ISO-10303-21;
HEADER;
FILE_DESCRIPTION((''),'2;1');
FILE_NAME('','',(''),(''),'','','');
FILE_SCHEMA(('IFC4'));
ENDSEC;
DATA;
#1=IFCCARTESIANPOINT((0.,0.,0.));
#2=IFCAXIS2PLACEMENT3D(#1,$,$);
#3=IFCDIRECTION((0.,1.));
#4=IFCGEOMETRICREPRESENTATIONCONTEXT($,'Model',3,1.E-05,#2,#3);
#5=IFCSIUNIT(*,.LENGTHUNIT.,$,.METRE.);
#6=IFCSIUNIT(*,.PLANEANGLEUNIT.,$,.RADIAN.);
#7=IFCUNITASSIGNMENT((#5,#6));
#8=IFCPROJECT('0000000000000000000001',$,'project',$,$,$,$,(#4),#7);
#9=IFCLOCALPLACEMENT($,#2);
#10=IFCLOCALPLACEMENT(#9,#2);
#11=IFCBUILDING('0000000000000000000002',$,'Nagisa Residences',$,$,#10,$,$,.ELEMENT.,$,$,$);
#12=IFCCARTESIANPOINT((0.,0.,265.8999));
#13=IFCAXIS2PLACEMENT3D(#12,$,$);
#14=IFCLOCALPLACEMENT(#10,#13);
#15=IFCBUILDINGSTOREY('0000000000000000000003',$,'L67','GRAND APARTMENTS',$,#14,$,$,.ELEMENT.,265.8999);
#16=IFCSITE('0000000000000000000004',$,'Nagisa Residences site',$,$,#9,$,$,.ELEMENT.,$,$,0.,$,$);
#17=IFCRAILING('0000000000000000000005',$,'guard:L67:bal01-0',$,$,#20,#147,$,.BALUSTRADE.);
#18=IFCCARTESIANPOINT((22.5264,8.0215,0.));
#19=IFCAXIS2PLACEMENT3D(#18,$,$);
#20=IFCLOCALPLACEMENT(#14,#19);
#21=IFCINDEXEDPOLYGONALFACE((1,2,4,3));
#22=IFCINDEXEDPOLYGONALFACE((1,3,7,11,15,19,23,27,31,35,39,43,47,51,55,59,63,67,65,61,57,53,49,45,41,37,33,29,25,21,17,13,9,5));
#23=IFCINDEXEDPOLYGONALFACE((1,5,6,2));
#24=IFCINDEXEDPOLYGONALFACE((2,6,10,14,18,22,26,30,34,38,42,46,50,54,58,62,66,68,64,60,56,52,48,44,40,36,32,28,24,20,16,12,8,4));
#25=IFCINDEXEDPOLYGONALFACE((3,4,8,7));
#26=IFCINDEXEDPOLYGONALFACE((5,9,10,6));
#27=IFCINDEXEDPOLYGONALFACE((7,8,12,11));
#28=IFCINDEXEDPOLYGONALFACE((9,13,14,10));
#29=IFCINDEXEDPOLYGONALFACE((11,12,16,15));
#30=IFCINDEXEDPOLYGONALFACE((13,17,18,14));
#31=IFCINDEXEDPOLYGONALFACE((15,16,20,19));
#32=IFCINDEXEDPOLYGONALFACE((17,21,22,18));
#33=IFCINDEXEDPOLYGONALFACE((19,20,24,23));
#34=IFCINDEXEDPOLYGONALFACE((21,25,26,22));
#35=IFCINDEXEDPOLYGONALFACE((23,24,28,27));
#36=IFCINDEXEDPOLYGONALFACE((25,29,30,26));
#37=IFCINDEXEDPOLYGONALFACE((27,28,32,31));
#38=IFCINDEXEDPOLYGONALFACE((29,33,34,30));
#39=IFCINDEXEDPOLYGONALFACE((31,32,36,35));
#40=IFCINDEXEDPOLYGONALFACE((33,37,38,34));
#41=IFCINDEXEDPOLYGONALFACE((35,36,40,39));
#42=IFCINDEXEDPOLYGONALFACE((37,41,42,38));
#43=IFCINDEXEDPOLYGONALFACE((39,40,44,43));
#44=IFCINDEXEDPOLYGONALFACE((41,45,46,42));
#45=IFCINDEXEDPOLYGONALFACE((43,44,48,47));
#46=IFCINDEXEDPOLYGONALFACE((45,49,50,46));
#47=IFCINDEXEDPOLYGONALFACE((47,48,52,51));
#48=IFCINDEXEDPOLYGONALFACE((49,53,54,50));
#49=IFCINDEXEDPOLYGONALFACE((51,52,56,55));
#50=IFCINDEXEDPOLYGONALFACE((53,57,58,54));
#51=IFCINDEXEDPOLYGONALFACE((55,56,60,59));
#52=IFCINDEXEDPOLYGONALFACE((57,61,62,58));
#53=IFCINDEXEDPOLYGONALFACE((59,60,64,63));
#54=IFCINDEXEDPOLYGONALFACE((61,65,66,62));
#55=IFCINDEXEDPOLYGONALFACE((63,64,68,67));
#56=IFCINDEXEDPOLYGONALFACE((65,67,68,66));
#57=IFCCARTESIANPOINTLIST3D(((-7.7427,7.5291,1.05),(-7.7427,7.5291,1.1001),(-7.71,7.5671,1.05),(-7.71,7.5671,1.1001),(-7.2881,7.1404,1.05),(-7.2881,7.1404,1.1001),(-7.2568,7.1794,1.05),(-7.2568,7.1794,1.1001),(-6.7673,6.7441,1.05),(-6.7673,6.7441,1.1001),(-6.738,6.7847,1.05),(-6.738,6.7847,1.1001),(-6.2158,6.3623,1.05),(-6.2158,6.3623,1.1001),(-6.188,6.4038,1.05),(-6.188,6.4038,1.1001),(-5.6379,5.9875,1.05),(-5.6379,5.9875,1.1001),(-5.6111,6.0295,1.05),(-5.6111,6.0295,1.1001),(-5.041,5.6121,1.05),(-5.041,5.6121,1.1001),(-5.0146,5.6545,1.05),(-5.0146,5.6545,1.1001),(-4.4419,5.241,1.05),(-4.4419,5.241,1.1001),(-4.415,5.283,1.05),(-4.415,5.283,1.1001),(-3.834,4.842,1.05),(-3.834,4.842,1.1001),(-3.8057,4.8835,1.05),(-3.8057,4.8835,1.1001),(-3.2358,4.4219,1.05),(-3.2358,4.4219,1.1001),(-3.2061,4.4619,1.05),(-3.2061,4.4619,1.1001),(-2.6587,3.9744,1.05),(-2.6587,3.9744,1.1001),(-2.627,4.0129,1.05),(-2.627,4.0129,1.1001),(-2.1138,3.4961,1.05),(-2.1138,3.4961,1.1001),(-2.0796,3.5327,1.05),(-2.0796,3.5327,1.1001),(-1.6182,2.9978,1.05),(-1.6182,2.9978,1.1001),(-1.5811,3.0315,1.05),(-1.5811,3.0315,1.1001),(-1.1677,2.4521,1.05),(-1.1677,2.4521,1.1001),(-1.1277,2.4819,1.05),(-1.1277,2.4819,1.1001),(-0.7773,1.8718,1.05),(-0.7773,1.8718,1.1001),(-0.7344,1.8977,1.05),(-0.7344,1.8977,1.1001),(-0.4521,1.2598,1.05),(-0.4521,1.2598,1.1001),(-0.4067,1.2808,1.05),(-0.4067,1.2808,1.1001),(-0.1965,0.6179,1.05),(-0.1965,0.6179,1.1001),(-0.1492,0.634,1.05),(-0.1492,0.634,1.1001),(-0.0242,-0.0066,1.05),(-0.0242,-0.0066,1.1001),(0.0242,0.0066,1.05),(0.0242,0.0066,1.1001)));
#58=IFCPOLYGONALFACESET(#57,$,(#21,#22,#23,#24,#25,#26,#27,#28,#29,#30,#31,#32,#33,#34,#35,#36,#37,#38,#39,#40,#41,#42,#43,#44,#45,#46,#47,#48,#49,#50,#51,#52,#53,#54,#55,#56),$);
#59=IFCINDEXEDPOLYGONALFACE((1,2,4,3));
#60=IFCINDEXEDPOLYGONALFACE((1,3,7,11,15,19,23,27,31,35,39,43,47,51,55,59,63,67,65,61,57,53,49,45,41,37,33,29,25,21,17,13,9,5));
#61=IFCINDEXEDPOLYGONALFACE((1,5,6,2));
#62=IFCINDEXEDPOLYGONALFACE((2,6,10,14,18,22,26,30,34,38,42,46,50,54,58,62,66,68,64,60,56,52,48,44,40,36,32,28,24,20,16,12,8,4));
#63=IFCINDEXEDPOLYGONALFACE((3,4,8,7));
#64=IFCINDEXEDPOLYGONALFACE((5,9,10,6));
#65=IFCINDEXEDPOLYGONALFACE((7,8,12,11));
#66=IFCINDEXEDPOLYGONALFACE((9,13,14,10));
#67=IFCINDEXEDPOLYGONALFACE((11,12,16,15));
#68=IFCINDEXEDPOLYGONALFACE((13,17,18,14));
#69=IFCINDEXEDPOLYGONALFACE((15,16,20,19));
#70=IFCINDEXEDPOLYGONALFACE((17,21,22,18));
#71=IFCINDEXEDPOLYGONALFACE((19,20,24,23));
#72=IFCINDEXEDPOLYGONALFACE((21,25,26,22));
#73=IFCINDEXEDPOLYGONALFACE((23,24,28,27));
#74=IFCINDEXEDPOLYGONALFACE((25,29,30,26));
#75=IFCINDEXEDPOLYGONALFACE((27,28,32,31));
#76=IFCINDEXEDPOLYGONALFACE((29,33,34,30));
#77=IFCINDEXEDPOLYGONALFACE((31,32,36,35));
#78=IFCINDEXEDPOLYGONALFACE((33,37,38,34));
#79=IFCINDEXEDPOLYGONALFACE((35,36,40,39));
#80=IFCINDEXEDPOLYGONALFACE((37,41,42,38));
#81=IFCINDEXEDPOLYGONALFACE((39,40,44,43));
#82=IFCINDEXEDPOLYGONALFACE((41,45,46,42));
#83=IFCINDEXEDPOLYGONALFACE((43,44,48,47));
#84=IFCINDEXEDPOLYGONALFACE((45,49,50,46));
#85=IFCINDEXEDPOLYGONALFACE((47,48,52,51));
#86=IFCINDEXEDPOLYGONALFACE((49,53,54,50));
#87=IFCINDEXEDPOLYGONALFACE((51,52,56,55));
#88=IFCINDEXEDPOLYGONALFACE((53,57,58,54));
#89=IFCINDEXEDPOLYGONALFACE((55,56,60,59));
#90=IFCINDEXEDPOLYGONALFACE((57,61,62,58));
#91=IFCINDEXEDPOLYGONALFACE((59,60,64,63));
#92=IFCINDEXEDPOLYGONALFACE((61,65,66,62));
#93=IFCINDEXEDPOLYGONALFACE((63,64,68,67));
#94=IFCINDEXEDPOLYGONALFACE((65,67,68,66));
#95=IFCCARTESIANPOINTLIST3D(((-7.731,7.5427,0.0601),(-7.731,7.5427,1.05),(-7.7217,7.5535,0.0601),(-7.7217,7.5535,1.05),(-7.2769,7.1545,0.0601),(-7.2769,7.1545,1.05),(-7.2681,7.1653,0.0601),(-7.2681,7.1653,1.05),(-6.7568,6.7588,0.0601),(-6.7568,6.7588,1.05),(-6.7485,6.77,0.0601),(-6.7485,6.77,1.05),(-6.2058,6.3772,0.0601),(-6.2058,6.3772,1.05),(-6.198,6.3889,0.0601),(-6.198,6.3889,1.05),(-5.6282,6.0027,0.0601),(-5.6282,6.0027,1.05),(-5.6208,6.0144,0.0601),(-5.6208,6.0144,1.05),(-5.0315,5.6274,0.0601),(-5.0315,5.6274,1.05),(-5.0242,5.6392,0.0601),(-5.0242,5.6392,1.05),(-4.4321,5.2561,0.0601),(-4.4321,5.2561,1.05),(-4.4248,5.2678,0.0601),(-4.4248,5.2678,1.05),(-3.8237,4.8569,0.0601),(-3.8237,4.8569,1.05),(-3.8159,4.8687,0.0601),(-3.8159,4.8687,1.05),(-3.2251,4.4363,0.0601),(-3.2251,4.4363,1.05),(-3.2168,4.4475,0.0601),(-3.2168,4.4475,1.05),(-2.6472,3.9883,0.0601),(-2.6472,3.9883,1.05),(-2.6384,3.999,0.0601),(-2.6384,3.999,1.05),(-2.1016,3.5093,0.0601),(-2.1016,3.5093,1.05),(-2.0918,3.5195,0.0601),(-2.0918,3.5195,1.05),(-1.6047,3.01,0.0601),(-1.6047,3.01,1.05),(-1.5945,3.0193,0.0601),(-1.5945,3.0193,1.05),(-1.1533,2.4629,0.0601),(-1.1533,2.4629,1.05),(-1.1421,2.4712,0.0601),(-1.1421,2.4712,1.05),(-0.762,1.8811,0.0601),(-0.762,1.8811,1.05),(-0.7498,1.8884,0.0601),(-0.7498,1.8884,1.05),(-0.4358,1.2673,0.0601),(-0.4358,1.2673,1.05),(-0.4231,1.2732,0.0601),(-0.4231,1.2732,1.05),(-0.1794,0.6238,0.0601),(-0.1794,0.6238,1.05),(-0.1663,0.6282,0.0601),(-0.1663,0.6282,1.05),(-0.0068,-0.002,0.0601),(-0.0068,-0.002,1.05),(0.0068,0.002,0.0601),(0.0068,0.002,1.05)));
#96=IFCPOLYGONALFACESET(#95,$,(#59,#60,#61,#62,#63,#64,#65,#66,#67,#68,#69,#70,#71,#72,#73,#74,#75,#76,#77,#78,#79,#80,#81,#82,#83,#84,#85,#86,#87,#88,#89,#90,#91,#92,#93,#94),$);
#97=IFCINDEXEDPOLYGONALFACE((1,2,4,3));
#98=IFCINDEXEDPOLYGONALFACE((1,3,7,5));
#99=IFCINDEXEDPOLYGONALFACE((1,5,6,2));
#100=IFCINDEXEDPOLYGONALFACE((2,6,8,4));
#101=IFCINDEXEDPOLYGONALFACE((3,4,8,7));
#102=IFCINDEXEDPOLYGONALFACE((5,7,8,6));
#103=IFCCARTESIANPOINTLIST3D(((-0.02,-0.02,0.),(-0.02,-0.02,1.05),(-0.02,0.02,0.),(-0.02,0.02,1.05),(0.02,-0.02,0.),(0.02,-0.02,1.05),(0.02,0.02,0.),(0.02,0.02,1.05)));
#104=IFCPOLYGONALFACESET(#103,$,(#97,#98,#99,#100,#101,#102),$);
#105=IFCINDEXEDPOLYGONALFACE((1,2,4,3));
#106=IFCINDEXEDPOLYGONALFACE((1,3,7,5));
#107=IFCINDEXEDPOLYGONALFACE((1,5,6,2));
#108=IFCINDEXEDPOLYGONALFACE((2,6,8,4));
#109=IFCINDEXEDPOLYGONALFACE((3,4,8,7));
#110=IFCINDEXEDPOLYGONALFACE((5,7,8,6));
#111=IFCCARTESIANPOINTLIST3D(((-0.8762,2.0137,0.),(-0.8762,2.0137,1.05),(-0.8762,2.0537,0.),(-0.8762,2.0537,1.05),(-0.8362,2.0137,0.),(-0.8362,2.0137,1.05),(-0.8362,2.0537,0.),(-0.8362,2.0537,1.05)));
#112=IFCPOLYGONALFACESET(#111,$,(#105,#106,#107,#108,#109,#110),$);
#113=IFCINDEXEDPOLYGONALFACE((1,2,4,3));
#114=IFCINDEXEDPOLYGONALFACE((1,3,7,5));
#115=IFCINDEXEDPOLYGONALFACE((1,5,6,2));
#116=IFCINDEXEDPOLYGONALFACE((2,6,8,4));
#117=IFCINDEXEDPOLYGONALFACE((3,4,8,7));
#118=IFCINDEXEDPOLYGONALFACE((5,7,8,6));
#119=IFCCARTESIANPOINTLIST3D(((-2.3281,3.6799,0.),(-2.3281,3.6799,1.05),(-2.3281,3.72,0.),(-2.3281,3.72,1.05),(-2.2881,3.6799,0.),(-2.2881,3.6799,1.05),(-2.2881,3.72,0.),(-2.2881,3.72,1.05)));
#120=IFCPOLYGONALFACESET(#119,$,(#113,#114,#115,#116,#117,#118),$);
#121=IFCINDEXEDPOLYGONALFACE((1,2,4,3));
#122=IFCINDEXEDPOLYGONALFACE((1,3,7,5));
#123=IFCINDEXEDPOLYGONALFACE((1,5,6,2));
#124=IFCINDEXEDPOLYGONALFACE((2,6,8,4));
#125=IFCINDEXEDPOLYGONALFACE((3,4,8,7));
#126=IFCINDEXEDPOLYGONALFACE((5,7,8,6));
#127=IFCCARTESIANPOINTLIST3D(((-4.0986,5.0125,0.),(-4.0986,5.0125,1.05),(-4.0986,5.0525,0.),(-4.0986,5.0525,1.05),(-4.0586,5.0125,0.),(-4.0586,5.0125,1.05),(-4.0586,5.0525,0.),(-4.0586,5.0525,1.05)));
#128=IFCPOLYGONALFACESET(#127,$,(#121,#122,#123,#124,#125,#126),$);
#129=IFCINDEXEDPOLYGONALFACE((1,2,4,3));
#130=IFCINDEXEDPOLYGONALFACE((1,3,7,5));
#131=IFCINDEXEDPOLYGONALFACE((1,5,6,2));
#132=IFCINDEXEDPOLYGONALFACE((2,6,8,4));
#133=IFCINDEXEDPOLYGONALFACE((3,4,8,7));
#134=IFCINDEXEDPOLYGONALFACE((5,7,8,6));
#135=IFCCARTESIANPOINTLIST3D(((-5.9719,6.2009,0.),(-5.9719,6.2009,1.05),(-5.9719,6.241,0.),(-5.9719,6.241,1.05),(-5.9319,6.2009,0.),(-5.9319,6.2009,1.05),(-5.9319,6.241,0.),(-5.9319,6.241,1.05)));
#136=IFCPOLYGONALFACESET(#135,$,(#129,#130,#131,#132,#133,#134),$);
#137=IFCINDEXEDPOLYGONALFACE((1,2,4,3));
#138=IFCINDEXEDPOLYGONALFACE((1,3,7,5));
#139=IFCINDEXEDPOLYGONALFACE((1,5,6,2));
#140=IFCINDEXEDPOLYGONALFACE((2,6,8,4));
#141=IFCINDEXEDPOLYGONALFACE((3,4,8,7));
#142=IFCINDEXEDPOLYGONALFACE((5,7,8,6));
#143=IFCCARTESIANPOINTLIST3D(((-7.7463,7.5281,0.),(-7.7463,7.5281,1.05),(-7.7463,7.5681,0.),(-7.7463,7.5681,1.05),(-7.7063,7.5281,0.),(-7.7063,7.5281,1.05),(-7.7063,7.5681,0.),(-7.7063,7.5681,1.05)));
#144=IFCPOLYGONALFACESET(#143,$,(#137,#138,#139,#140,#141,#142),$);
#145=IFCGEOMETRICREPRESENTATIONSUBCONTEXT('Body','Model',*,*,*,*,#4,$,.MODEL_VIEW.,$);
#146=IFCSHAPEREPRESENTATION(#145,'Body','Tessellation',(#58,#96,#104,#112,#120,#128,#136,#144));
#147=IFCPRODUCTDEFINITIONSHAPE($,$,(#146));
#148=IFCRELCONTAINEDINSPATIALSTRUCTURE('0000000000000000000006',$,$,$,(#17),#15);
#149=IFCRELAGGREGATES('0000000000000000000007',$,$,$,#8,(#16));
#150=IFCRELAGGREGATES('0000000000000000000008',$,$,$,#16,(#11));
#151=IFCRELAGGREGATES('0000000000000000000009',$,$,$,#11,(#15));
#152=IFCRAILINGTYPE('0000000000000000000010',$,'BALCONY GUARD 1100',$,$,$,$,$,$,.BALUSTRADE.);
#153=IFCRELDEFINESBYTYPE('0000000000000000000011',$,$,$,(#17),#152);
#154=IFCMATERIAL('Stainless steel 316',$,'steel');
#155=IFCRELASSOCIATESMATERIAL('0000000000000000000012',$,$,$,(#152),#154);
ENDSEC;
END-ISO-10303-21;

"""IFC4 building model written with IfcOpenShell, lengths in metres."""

from ifc_helpers import new_model, si_unit, direction, frame, origin, origin_2d, place, context, subcontext, project, spatial, polyline, rectangle, outline, extrude, material, type_object, element, save


model = new_model("IFC4")

# Units and contexts
model_context = context("Model", 3, precision=1e-05, world=origin(), true_north=direction((0.0, 1.0)))
body_context = subcontext(model_context, "Body", "Model", "MODEL_VIEW")
ifc_project = project(units=[si_unit("LENGTHUNIT", "METRE"), si_unit("PLANEANGLEUNIT", "RADIAN")], contexts=[model_context])

# Site, building, storey
site_placement = place(None, origin())
site = spatial("IfcSite", under=ifc_project, at=site_placement, Name="Nagisa Residences site", CompositionType="ELEMENT", RefElevation=0.0)
building_placement = place(site_placement, origin())
building = spatial("IfcBuilding", under=site, at=building_placement, Name="Nagisa Residences", CompositionType="ELEMENT")
storey_placement = place(building_placement, frame((0.0, 0.0, 265.8999)))
storey = spatial("IfcBuildingStorey", under=building, at=storey_placement, Name="L67", Description="GRAND APARTMENTS", CompositionType="ELEMENT", Elevation=265.8999)

# Railing
ifc_material_1 = material(Name="Stainless steel 316", Category="steel")
railing_type_1 = type_object("IfcRailingType", Name="BALCONY GUARD 1100", PredefinedType="BALUSTRADE", material=ifc_material_1)
railing_1_placement = place(storey_placement, frame((22.5264, 8.0215, 0.0)))
element("IfcRailing", 1, at=railing_1_placement, inside=storey, type_object=railing_type_1, Name="guard:L67:bal01-0", PredefinedType="BALUSTRADE", context=body_context, shape_type="SweptSolid", body=[
    extrude(outline(polyline([(-0.1965, 0.6179), (-0.0242, -0.0066), (0.0242, 0.0066), (-0.1492, 0.634), (-0.4067, 1.2808), (-0.7344, 1.8977), (-1.1277, 2.4819), (-1.5811, 3.0315), (-2.0796, 3.5327), (-2.627, 4.0129), (-3.2061, 4.4619), (-3.8057, 4.8835), (-4.415, 5.283), (-5.0146, 5.6545), (-5.6111, 6.0295), (-6.188, 6.4038), (-6.738, 6.7847), (-7.2568, 7.1794), (-7.71, 7.5671), (-7.7427, 7.5291), (-7.2881, 7.1404), (-6.7673, 6.7441), (-6.2158, 6.3623), (-5.6379, 5.9875), (-5.041, 5.6121), (-4.4419, 5.241), (-3.834, 4.842), (-3.2358, 4.4219), (-2.6587, 3.9744), (-2.1138, 3.4961), (-1.6182, 2.9978), (-1.1677, 2.4521), (-0.7773, 1.8718), (-0.4521, 1.2598), (-0.1965, 0.6179)])), frame((0.0, 0.0, 1.05)), (0.0, 0.0, 1.0), 0.05),
    extrude(outline(polyline([(-0.1794, 0.6238), (-0.0068, -0.002), (0.0068, 0.002), (-0.1663, 0.6282), (-0.4231, 1.2732), (-0.7498, 1.8884), (-1.1421, 2.4712), (-1.5945, 3.0193), (-2.0918, 3.5195), (-2.6384, 3.999), (-3.2168, 4.4475), (-3.8159, 4.8687), (-4.4248, 5.2678), (-5.0242, 5.6392), (-5.6208, 6.0144), (-6.198, 6.3889), (-6.7485, 6.77), (-7.2681, 7.1653), (-7.7217, 7.5535), (-7.731, 7.5427), (-7.2769, 7.1545), (-6.7568, 6.7588), (-6.2058, 6.3772), (-5.6282, 6.0027), (-5.0315, 5.6274), (-4.4321, 5.2561), (-3.8237, 4.8569), (-3.2251, 4.4363), (-2.6472, 3.9883), (-2.1016, 3.5093), (-1.6047, 3.01), (-1.1533, 2.4629), (-0.762, 1.8811), (-0.4358, 1.2673), (-0.1794, 0.6238)])), frame((0.0, 0.0, 0.0601)), (0.0, 0.0, 1.0), 0.99),
    extrude(rectangle(XDim=0.04, YDim=0.04, at=origin_2d()), origin(), (0.0, 0.0, 1.0), 1.05),
    extrude(rectangle(XDim=0.04, YDim=0.04, at=origin_2d()), frame((-0.8562, 2.0337, 0.0)), (0.0, 0.0, 1.0), 1.05),
    extrude(rectangle(XDim=0.04, YDim=0.04, at=origin_2d()), frame((-2.3081, 3.7, 0.0)), (0.0, 0.0, 1.0), 1.05),
    extrude(rectangle(XDim=0.04, YDim=0.04, at=origin_2d()), frame((-4.0786, 5.0325, 0.0)), (0.0, 0.0, 1.0), 1.05),
    extrude(rectangle(XDim=0.04, YDim=0.04, at=origin_2d()), frame((-5.9519, 6.2209, 0.0)), (0.0, 0.0, 1.0), 1.05),
    extrude(rectangle(XDim=0.04, YDim=0.04, at=origin_2d()), frame((-7.7263, 7.5481, 0.0)), (0.0, 0.0, 1.0), 1.05),
])

save(model, "model.ifc")
